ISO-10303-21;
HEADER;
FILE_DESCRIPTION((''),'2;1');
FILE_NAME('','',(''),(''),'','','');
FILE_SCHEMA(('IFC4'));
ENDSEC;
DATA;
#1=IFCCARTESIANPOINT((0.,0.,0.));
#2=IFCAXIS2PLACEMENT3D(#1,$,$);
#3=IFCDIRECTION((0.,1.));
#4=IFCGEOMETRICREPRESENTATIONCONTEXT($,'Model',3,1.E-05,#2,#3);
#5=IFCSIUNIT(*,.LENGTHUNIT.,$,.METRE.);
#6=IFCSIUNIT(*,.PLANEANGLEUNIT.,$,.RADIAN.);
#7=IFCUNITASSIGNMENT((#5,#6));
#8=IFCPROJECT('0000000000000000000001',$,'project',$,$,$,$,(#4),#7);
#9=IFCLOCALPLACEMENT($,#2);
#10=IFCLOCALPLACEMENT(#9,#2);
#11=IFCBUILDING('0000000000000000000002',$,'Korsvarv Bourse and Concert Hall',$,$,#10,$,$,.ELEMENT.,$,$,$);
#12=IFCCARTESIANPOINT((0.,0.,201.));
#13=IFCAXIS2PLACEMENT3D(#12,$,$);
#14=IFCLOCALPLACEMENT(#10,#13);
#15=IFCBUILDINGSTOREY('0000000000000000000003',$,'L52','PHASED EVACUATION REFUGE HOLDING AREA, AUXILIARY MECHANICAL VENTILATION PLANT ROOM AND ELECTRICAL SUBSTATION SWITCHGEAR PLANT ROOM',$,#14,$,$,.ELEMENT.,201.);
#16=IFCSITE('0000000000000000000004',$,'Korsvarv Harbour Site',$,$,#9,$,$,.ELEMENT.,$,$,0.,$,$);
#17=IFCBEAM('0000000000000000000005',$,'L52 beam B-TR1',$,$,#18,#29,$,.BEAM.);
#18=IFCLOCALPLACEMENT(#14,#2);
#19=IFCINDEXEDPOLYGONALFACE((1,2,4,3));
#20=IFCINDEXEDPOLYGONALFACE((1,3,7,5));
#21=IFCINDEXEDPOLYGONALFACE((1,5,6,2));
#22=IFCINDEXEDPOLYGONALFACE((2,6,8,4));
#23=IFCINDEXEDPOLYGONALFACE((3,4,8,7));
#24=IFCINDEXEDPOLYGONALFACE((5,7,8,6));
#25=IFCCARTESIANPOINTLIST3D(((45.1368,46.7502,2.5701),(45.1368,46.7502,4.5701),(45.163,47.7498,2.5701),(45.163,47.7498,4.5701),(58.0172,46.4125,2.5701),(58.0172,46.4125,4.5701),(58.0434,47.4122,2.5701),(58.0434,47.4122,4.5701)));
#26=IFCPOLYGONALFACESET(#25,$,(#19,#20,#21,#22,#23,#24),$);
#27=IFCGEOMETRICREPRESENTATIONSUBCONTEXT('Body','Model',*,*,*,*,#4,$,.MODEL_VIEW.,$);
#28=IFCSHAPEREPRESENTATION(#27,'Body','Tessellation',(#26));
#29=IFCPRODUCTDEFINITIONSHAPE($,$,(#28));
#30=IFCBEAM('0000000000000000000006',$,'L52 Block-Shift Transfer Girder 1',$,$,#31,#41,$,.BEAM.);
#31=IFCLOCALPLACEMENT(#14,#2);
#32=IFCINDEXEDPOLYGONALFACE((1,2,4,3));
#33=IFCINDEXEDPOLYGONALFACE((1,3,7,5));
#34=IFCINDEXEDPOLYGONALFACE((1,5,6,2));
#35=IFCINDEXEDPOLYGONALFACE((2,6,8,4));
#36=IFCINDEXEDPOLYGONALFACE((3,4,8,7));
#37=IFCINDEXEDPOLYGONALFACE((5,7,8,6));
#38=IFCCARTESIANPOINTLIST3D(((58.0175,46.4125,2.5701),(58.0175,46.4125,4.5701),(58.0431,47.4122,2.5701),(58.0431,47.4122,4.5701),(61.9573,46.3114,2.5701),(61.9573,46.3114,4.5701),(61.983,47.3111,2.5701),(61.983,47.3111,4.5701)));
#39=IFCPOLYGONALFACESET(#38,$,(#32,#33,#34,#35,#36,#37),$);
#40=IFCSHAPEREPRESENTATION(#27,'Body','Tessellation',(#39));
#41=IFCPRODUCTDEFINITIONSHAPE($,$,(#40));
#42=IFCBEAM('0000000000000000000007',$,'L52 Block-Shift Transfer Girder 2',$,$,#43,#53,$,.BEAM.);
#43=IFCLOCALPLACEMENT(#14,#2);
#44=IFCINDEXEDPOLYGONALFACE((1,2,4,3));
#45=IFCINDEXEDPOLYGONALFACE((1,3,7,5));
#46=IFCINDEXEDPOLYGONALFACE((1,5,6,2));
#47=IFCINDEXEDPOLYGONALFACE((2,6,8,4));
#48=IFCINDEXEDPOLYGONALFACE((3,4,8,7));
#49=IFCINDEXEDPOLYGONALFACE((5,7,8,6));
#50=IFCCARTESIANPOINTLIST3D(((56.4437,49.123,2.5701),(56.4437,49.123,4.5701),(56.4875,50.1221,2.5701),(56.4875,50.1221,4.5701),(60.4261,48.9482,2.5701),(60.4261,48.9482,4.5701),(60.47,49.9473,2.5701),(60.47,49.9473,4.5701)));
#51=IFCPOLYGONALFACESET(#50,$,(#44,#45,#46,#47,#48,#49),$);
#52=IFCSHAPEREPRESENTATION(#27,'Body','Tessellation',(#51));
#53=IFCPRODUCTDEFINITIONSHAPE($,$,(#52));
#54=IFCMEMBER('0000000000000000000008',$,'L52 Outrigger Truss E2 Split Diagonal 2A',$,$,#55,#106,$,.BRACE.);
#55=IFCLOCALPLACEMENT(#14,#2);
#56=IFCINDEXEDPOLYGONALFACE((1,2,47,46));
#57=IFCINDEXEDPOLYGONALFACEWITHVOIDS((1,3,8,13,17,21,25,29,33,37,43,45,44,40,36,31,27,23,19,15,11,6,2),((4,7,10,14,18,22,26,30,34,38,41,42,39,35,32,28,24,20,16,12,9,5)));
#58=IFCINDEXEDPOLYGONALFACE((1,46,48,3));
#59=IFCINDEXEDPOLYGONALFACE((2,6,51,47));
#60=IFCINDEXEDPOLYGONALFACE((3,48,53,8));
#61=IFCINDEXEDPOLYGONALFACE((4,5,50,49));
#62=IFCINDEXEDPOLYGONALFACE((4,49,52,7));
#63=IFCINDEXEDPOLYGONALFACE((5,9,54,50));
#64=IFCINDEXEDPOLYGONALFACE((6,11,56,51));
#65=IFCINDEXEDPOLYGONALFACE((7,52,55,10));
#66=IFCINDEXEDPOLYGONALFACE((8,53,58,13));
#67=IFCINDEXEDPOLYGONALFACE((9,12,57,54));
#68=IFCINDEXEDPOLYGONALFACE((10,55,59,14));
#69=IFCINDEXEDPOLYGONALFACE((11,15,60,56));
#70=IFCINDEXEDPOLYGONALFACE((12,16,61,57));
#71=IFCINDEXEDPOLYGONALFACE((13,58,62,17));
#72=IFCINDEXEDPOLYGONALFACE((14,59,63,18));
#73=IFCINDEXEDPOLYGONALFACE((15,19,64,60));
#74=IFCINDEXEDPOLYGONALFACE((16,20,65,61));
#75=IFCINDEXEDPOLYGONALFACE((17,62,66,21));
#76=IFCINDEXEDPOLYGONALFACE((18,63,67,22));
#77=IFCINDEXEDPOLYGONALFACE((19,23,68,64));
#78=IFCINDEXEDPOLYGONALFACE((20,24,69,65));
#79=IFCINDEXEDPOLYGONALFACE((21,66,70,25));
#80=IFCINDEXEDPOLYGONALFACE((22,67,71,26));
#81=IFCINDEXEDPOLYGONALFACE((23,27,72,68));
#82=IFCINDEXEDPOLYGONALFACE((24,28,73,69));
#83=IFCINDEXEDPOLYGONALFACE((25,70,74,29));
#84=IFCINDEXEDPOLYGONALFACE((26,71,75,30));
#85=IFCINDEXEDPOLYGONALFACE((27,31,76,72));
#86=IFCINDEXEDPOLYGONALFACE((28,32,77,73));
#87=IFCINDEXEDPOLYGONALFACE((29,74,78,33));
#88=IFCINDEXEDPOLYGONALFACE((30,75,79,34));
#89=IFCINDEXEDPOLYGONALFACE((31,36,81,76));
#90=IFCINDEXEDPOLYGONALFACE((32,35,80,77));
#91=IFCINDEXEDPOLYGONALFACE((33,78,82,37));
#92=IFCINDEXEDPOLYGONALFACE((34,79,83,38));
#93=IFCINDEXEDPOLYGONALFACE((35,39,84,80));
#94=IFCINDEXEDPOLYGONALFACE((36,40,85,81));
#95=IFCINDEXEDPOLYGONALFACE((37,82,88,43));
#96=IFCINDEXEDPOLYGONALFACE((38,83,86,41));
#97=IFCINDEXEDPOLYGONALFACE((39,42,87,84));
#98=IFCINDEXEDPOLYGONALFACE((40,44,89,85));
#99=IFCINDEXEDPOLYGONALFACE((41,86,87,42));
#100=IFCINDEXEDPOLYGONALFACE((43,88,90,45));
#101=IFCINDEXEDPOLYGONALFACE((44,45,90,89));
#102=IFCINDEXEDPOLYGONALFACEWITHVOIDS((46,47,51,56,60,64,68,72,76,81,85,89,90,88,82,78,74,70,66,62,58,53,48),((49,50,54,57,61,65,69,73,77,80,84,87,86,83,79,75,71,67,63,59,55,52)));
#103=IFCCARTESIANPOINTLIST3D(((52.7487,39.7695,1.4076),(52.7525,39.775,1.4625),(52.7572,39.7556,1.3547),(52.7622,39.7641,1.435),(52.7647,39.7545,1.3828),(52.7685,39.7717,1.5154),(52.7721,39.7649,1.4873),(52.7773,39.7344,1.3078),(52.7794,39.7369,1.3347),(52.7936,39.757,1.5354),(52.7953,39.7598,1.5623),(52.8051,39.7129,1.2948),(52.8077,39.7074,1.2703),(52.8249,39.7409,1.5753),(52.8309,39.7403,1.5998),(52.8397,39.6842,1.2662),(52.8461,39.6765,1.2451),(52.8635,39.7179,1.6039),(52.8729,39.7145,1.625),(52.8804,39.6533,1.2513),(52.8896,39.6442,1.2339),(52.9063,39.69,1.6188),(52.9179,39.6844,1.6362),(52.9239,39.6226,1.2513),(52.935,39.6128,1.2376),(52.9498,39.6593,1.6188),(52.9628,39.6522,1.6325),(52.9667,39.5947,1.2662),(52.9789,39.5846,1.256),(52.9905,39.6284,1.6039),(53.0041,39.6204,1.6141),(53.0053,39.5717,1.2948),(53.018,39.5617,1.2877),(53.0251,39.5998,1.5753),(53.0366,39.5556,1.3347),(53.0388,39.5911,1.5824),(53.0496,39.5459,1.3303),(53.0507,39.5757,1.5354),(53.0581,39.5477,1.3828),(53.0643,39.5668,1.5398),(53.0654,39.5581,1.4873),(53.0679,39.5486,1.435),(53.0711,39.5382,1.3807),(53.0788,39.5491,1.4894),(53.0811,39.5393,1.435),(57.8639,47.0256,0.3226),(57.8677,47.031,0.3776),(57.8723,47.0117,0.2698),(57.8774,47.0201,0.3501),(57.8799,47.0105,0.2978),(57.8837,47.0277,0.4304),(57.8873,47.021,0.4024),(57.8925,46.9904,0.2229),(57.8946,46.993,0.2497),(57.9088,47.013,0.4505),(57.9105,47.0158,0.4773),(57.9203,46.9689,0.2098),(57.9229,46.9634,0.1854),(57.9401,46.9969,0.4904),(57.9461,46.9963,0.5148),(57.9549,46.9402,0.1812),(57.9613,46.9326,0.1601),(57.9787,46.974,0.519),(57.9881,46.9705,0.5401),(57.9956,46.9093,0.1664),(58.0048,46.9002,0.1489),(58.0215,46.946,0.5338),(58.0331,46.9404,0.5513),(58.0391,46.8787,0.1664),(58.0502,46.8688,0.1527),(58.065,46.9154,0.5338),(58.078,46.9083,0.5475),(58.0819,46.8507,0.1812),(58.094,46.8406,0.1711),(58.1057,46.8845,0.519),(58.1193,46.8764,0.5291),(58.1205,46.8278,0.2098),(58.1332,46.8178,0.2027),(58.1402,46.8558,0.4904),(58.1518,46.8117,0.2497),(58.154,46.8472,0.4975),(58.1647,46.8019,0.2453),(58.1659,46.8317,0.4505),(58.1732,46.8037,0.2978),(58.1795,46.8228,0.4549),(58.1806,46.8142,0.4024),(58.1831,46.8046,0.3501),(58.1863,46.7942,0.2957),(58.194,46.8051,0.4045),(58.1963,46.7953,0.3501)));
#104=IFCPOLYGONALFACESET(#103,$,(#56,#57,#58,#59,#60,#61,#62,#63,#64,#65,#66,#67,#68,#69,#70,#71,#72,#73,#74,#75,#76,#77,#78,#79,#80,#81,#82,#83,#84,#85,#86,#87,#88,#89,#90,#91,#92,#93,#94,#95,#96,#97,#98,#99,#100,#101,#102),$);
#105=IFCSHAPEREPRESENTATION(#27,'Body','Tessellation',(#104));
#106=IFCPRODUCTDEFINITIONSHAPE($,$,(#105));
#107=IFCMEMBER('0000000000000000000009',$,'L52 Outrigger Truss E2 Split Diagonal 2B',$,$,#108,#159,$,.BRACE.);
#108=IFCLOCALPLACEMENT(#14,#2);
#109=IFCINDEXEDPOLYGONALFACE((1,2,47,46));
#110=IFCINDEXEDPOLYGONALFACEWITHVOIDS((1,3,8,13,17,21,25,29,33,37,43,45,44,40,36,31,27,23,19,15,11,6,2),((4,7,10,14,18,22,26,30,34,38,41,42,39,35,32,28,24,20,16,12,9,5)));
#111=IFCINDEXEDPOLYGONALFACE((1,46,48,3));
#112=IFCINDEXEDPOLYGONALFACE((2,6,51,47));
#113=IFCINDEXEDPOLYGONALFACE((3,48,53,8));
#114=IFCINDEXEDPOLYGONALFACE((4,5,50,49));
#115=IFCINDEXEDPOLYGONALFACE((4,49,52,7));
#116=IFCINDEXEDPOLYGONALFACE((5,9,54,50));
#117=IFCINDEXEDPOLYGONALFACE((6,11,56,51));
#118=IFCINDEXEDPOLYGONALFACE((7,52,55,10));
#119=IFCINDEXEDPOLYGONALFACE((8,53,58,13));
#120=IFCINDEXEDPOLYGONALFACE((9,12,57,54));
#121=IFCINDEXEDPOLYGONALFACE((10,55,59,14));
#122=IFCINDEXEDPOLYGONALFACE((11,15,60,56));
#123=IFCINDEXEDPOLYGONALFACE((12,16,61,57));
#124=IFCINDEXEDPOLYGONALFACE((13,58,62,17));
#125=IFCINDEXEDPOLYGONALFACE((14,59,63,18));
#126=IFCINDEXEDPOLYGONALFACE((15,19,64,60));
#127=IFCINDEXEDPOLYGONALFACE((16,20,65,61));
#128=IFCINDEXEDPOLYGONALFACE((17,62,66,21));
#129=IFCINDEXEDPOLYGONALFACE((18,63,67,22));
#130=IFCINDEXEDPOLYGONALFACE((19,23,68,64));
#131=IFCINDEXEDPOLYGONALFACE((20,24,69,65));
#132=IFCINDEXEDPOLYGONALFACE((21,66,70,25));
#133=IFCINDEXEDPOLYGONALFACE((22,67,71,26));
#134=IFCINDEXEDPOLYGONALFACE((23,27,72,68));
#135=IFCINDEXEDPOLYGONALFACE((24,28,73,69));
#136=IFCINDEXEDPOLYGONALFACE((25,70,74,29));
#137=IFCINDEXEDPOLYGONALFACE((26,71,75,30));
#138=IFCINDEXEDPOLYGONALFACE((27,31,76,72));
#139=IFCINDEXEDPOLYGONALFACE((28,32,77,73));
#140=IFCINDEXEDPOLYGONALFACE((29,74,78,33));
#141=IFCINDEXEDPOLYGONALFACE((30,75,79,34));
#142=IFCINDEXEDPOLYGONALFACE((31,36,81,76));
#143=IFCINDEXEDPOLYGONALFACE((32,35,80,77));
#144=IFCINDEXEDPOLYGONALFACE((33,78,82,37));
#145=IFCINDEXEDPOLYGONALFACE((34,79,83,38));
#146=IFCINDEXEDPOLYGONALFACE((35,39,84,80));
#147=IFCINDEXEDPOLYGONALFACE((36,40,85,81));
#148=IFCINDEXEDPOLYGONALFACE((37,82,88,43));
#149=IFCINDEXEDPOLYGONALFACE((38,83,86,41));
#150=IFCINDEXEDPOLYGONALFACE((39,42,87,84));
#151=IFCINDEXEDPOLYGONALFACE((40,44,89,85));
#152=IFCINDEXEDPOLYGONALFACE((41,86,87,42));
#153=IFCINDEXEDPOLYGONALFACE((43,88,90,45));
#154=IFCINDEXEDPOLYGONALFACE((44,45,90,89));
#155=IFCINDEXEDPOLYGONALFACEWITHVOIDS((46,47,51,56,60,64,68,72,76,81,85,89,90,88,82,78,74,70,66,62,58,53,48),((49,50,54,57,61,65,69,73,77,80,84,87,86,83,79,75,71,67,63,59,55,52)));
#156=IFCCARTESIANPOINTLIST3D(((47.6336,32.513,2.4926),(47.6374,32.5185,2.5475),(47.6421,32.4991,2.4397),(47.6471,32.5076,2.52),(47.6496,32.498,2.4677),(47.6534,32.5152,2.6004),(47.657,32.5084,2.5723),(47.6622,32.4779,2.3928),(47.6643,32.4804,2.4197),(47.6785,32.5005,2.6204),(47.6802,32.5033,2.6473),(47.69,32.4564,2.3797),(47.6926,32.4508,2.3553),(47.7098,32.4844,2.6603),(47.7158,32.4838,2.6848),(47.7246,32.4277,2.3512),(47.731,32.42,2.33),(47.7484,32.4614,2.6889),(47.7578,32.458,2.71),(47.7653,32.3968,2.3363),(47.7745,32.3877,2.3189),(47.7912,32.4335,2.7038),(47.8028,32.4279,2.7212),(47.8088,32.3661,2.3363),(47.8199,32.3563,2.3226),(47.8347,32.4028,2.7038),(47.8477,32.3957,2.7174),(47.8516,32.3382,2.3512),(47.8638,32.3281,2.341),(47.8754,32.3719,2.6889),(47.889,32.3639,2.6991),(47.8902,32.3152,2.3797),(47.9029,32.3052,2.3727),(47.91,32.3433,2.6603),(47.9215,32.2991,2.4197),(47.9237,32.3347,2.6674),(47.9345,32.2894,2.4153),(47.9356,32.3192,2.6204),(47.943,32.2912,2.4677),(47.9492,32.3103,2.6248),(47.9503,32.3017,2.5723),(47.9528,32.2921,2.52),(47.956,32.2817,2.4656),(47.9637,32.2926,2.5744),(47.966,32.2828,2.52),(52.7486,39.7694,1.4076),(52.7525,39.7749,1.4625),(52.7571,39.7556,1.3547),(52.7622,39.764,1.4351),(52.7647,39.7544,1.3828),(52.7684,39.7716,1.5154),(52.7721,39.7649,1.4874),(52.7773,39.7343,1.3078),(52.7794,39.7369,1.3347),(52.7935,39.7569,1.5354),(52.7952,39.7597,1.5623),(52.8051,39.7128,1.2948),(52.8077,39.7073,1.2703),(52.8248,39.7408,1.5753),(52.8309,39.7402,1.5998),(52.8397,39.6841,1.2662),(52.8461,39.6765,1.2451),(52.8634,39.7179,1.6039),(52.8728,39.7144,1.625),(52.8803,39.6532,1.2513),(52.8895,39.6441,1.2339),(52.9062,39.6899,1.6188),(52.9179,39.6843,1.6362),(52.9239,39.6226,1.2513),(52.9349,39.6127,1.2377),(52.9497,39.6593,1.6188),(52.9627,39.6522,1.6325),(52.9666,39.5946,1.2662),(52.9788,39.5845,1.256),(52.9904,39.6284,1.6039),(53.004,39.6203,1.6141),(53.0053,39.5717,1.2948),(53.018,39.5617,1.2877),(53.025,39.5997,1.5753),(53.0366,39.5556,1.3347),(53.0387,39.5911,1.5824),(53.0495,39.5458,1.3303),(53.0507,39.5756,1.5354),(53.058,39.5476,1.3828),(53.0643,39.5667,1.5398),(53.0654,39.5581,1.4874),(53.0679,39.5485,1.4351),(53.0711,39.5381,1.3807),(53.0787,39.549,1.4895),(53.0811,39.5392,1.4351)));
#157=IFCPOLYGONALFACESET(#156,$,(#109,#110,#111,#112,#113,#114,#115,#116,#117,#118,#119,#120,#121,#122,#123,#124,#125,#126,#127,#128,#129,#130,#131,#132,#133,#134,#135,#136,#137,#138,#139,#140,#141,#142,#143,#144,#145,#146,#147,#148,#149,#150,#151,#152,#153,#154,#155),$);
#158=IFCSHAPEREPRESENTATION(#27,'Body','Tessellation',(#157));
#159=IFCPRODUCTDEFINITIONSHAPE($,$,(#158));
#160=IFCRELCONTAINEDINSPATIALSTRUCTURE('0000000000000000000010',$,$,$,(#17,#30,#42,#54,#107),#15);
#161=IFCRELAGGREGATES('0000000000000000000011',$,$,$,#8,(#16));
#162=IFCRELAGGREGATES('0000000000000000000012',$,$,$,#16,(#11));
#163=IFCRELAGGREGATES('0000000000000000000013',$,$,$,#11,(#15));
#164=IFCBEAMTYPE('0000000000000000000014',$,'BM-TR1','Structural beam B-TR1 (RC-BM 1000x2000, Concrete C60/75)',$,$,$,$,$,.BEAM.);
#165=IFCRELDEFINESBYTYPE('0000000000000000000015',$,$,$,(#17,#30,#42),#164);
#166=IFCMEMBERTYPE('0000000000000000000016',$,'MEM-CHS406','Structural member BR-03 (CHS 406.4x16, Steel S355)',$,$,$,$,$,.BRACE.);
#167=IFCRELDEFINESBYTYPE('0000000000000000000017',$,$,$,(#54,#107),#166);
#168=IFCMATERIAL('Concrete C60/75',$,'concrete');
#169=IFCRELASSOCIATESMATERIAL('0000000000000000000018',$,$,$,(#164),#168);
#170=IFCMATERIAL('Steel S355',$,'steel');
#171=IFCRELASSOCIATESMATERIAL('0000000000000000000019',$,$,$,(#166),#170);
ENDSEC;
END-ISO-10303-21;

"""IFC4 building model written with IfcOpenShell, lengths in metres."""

from ifc_helpers import new_model, si_unit, direction, frame, origin, origin_2d, place, context, subcontext, project, spatial, rectangle, hollow_circle, extrude, source, transform, mapped, material, material_profile, profile_set, type_object, element, save


model = new_model("IFC4")

# Units and contexts
model_context = context("Model", 3, precision=1e-05, world=origin(), true_north=direction((0.0, 1.0)))
body_context = subcontext(model_context, "Body", "Model", "MODEL_VIEW")
ifc_project = project(units=[si_unit("LENGTHUNIT", "METRE"), si_unit("PLANEANGLEUNIT", "RADIAN")], contexts=[model_context])

# Site, building, storey
site_placement = place(None, origin())
site = spatial("IfcSite", under=ifc_project, at=site_placement, Name="Korsvarv Harbour Site", CompositionType="ELEMENT", RefElevation=0.0)
building_placement = place(site_placement, origin())
building = spatial("IfcBuilding", under=site, at=building_placement, Name="Korsvarv Bourse and Concert Hall", CompositionType="ELEMENT")
storey_placement = place(building_placement, frame((0.0, 0.0, 201.0)))
storey = spatial("IfcBuildingStorey", under=building, at=storey_placement, Name="L52", Description="PHASED EVACUATION REFUGE HOLDING AREA, AUXILIARY MECHANICAL VENTILATION PLANT ROOM AND ELECTRICAL SUBSTATION SWITCHGEAR PLANT ROOM", CompositionType="ELEMENT", Elevation=201.0)

# Shared definitions
ifc_material_1 = material(Name="Steel S355", Category="steel")

# Beams
ifc_material_2 = material(Name="Concrete C60/75", Category="concrete")
ifc_material_profile_1 = material_profile(ifc_material_2, rectangle(XDim=1.0, YDim=2.0, at=origin_2d()), Name="RC-BM 1000x2000")
ifc_profile_set_1 = profile_set([ifc_material_profile_1], Name="Concrete C60/75")
beam_type = type_object("IfcBeamType", Name="BM-TR1", Description="Structural beam B-TR1 (RC-BM 1000x2000, Concrete C60/75)", PredefinedType="BEAM", material=ifc_profile_set_1)
shared_shape_1 = source(origin(), body_context, "Body", "SweptSolid", [
    extrude(rectangle(XDim=1.0, YDim=2.0, at=origin_2d()), origin(), (0.0, 0.0, 1.0), 12.8848),
])
beam_1_placement = place(storey_placement, frame((58.0303, 46.9124, 3.5701), z_axis=(-0.999657, 0.026205, 0.0), x_axis=(-0.026205, -0.999657, 0.0)))
element("IfcBeam", 1, at=beam_1_placement, inside=storey, type_object=beam_type, Name="L52 beam B-TR1", PredefinedType="BEAM", context=body_context, shape_type="MappedRepresentation", body=[
    mapped(shared_shape_1, transform((0.0, 0.0, 0.0), scale=1.0)),
])
shared_shape_2 = source(origin(), body_context, "Body", "SweptSolid", [
    extrude(rectangle(XDim=1.0, YDim=2.0, at=origin_2d()), origin(), (0.0, 0.0, 1.0), 3.9412),
])
beam_2_placement = place(storey_placement, frame((58.0303, 46.9124, 3.5701), z_axis=(0.999671, -0.025645, 0.0), x_axis=(0.025645, 0.999671, 0.0)))
element("IfcBeam", 2, at=beam_2_placement, inside=storey, type_object=beam_type, Name="L52 Block-Shift Transfer Girder 1", PredefinedType="BEAM", context=body_context, shape_type="MappedRepresentation", body=[
    mapped(shared_shape_2, transform((0.0, 0.0, 0.0), scale=1.0)),
])
shared_shape_3 = source(origin(), body_context, "Body", "SweptSolid", [
    extrude(rectangle(XDim=1.0, YDim=2.0, at=origin_2d()), origin(), (0.0, 0.0, 1.0), 3.9863),
])
beam_3_placement = place(storey_placement, frame((56.4656, 49.6226, 3.5701), z_axis=(0.999038, -0.043852, 0.0), x_axis=(0.043852, 0.999038, 0.0)))
element("IfcBeam", 3, at=beam_3_placement, inside=storey, type_object=beam_type, Name="L52 Block-Shift Transfer Girder 2", PredefinedType="BEAM", context=body_context, shape_type="MappedRepresentation", body=[
    mapped(shared_shape_3, transform((0.0, 0.0, 0.0), scale=1.0)),
])

# Members
ifc_material_profile_2 = material_profile(ifc_material_1, hollow_circle(Radius=0.2031, WallThickness=0.0161, at=origin_2d()), Name="CHS 406.4x16")
ifc_profile_set_2 = profile_set([ifc_material_profile_2], Name="Steel S355")
member_type_1 = type_object("IfcMemberType", Name="MEM-CHS406", Description="Structural member BR-03 (CHS 406.4x16, Steel S355)", PredefinedType="BRACE", material=ifc_profile_set_2)
shared_shape_4 = source(origin(), body_context, "Body", "SweptSolid", [
    extrude(hollow_circle(Radius=0.2031, WallThickness=0.0161, at=origin_2d()), origin(), (0.0, 0.0, 1.0), 8.9438),
])
member_1_placement = place(storey_placement, frame((58.0303, 46.9124, 0.3501), z_axis=(-0.571923, -0.811288, 0.121307), x_axis=(0.817324, -0.576178, 0.0)))
element("IfcMember", 4, at=member_1_placement, inside=storey, type_object=member_type_1, Name="L52 Outrigger Truss E2 Split Diagonal 2A", PredefinedType="BRACE", context=body_context, shape_type="MappedRepresentation", body=[
    mapped(shared_shape_4, transform((0.0, 0.0, 0.0), scale=1.0)),
])
shared_shape_5 = source(origin(), body_context, "Body", "SweptSolid", [
    extrude(hollow_circle(Radius=0.2031, WallThickness=0.0161, at=origin_2d()), origin(), (0.0, 0.0, 1.0), 8.9441),
])
member_2_placement = place(storey_placement, frame((52.915, 39.6562, 1.4351), z_axis=(-0.571892, -0.81131, 0.121306), x_axis=(0.817346, -0.576146, 0.0)))
element("IfcMember", 5, at=member_2_placement, inside=storey, type_object=member_type_1, Name="L52 Outrigger Truss E2 Split Diagonal 2B", PredefinedType="BRACE", context=body_context, shape_type="MappedRepresentation", body=[
    mapped(shared_shape_5, transform((0.0, 0.0, 0.0), scale=1.0)),
])

save(model, "model.ifc")
